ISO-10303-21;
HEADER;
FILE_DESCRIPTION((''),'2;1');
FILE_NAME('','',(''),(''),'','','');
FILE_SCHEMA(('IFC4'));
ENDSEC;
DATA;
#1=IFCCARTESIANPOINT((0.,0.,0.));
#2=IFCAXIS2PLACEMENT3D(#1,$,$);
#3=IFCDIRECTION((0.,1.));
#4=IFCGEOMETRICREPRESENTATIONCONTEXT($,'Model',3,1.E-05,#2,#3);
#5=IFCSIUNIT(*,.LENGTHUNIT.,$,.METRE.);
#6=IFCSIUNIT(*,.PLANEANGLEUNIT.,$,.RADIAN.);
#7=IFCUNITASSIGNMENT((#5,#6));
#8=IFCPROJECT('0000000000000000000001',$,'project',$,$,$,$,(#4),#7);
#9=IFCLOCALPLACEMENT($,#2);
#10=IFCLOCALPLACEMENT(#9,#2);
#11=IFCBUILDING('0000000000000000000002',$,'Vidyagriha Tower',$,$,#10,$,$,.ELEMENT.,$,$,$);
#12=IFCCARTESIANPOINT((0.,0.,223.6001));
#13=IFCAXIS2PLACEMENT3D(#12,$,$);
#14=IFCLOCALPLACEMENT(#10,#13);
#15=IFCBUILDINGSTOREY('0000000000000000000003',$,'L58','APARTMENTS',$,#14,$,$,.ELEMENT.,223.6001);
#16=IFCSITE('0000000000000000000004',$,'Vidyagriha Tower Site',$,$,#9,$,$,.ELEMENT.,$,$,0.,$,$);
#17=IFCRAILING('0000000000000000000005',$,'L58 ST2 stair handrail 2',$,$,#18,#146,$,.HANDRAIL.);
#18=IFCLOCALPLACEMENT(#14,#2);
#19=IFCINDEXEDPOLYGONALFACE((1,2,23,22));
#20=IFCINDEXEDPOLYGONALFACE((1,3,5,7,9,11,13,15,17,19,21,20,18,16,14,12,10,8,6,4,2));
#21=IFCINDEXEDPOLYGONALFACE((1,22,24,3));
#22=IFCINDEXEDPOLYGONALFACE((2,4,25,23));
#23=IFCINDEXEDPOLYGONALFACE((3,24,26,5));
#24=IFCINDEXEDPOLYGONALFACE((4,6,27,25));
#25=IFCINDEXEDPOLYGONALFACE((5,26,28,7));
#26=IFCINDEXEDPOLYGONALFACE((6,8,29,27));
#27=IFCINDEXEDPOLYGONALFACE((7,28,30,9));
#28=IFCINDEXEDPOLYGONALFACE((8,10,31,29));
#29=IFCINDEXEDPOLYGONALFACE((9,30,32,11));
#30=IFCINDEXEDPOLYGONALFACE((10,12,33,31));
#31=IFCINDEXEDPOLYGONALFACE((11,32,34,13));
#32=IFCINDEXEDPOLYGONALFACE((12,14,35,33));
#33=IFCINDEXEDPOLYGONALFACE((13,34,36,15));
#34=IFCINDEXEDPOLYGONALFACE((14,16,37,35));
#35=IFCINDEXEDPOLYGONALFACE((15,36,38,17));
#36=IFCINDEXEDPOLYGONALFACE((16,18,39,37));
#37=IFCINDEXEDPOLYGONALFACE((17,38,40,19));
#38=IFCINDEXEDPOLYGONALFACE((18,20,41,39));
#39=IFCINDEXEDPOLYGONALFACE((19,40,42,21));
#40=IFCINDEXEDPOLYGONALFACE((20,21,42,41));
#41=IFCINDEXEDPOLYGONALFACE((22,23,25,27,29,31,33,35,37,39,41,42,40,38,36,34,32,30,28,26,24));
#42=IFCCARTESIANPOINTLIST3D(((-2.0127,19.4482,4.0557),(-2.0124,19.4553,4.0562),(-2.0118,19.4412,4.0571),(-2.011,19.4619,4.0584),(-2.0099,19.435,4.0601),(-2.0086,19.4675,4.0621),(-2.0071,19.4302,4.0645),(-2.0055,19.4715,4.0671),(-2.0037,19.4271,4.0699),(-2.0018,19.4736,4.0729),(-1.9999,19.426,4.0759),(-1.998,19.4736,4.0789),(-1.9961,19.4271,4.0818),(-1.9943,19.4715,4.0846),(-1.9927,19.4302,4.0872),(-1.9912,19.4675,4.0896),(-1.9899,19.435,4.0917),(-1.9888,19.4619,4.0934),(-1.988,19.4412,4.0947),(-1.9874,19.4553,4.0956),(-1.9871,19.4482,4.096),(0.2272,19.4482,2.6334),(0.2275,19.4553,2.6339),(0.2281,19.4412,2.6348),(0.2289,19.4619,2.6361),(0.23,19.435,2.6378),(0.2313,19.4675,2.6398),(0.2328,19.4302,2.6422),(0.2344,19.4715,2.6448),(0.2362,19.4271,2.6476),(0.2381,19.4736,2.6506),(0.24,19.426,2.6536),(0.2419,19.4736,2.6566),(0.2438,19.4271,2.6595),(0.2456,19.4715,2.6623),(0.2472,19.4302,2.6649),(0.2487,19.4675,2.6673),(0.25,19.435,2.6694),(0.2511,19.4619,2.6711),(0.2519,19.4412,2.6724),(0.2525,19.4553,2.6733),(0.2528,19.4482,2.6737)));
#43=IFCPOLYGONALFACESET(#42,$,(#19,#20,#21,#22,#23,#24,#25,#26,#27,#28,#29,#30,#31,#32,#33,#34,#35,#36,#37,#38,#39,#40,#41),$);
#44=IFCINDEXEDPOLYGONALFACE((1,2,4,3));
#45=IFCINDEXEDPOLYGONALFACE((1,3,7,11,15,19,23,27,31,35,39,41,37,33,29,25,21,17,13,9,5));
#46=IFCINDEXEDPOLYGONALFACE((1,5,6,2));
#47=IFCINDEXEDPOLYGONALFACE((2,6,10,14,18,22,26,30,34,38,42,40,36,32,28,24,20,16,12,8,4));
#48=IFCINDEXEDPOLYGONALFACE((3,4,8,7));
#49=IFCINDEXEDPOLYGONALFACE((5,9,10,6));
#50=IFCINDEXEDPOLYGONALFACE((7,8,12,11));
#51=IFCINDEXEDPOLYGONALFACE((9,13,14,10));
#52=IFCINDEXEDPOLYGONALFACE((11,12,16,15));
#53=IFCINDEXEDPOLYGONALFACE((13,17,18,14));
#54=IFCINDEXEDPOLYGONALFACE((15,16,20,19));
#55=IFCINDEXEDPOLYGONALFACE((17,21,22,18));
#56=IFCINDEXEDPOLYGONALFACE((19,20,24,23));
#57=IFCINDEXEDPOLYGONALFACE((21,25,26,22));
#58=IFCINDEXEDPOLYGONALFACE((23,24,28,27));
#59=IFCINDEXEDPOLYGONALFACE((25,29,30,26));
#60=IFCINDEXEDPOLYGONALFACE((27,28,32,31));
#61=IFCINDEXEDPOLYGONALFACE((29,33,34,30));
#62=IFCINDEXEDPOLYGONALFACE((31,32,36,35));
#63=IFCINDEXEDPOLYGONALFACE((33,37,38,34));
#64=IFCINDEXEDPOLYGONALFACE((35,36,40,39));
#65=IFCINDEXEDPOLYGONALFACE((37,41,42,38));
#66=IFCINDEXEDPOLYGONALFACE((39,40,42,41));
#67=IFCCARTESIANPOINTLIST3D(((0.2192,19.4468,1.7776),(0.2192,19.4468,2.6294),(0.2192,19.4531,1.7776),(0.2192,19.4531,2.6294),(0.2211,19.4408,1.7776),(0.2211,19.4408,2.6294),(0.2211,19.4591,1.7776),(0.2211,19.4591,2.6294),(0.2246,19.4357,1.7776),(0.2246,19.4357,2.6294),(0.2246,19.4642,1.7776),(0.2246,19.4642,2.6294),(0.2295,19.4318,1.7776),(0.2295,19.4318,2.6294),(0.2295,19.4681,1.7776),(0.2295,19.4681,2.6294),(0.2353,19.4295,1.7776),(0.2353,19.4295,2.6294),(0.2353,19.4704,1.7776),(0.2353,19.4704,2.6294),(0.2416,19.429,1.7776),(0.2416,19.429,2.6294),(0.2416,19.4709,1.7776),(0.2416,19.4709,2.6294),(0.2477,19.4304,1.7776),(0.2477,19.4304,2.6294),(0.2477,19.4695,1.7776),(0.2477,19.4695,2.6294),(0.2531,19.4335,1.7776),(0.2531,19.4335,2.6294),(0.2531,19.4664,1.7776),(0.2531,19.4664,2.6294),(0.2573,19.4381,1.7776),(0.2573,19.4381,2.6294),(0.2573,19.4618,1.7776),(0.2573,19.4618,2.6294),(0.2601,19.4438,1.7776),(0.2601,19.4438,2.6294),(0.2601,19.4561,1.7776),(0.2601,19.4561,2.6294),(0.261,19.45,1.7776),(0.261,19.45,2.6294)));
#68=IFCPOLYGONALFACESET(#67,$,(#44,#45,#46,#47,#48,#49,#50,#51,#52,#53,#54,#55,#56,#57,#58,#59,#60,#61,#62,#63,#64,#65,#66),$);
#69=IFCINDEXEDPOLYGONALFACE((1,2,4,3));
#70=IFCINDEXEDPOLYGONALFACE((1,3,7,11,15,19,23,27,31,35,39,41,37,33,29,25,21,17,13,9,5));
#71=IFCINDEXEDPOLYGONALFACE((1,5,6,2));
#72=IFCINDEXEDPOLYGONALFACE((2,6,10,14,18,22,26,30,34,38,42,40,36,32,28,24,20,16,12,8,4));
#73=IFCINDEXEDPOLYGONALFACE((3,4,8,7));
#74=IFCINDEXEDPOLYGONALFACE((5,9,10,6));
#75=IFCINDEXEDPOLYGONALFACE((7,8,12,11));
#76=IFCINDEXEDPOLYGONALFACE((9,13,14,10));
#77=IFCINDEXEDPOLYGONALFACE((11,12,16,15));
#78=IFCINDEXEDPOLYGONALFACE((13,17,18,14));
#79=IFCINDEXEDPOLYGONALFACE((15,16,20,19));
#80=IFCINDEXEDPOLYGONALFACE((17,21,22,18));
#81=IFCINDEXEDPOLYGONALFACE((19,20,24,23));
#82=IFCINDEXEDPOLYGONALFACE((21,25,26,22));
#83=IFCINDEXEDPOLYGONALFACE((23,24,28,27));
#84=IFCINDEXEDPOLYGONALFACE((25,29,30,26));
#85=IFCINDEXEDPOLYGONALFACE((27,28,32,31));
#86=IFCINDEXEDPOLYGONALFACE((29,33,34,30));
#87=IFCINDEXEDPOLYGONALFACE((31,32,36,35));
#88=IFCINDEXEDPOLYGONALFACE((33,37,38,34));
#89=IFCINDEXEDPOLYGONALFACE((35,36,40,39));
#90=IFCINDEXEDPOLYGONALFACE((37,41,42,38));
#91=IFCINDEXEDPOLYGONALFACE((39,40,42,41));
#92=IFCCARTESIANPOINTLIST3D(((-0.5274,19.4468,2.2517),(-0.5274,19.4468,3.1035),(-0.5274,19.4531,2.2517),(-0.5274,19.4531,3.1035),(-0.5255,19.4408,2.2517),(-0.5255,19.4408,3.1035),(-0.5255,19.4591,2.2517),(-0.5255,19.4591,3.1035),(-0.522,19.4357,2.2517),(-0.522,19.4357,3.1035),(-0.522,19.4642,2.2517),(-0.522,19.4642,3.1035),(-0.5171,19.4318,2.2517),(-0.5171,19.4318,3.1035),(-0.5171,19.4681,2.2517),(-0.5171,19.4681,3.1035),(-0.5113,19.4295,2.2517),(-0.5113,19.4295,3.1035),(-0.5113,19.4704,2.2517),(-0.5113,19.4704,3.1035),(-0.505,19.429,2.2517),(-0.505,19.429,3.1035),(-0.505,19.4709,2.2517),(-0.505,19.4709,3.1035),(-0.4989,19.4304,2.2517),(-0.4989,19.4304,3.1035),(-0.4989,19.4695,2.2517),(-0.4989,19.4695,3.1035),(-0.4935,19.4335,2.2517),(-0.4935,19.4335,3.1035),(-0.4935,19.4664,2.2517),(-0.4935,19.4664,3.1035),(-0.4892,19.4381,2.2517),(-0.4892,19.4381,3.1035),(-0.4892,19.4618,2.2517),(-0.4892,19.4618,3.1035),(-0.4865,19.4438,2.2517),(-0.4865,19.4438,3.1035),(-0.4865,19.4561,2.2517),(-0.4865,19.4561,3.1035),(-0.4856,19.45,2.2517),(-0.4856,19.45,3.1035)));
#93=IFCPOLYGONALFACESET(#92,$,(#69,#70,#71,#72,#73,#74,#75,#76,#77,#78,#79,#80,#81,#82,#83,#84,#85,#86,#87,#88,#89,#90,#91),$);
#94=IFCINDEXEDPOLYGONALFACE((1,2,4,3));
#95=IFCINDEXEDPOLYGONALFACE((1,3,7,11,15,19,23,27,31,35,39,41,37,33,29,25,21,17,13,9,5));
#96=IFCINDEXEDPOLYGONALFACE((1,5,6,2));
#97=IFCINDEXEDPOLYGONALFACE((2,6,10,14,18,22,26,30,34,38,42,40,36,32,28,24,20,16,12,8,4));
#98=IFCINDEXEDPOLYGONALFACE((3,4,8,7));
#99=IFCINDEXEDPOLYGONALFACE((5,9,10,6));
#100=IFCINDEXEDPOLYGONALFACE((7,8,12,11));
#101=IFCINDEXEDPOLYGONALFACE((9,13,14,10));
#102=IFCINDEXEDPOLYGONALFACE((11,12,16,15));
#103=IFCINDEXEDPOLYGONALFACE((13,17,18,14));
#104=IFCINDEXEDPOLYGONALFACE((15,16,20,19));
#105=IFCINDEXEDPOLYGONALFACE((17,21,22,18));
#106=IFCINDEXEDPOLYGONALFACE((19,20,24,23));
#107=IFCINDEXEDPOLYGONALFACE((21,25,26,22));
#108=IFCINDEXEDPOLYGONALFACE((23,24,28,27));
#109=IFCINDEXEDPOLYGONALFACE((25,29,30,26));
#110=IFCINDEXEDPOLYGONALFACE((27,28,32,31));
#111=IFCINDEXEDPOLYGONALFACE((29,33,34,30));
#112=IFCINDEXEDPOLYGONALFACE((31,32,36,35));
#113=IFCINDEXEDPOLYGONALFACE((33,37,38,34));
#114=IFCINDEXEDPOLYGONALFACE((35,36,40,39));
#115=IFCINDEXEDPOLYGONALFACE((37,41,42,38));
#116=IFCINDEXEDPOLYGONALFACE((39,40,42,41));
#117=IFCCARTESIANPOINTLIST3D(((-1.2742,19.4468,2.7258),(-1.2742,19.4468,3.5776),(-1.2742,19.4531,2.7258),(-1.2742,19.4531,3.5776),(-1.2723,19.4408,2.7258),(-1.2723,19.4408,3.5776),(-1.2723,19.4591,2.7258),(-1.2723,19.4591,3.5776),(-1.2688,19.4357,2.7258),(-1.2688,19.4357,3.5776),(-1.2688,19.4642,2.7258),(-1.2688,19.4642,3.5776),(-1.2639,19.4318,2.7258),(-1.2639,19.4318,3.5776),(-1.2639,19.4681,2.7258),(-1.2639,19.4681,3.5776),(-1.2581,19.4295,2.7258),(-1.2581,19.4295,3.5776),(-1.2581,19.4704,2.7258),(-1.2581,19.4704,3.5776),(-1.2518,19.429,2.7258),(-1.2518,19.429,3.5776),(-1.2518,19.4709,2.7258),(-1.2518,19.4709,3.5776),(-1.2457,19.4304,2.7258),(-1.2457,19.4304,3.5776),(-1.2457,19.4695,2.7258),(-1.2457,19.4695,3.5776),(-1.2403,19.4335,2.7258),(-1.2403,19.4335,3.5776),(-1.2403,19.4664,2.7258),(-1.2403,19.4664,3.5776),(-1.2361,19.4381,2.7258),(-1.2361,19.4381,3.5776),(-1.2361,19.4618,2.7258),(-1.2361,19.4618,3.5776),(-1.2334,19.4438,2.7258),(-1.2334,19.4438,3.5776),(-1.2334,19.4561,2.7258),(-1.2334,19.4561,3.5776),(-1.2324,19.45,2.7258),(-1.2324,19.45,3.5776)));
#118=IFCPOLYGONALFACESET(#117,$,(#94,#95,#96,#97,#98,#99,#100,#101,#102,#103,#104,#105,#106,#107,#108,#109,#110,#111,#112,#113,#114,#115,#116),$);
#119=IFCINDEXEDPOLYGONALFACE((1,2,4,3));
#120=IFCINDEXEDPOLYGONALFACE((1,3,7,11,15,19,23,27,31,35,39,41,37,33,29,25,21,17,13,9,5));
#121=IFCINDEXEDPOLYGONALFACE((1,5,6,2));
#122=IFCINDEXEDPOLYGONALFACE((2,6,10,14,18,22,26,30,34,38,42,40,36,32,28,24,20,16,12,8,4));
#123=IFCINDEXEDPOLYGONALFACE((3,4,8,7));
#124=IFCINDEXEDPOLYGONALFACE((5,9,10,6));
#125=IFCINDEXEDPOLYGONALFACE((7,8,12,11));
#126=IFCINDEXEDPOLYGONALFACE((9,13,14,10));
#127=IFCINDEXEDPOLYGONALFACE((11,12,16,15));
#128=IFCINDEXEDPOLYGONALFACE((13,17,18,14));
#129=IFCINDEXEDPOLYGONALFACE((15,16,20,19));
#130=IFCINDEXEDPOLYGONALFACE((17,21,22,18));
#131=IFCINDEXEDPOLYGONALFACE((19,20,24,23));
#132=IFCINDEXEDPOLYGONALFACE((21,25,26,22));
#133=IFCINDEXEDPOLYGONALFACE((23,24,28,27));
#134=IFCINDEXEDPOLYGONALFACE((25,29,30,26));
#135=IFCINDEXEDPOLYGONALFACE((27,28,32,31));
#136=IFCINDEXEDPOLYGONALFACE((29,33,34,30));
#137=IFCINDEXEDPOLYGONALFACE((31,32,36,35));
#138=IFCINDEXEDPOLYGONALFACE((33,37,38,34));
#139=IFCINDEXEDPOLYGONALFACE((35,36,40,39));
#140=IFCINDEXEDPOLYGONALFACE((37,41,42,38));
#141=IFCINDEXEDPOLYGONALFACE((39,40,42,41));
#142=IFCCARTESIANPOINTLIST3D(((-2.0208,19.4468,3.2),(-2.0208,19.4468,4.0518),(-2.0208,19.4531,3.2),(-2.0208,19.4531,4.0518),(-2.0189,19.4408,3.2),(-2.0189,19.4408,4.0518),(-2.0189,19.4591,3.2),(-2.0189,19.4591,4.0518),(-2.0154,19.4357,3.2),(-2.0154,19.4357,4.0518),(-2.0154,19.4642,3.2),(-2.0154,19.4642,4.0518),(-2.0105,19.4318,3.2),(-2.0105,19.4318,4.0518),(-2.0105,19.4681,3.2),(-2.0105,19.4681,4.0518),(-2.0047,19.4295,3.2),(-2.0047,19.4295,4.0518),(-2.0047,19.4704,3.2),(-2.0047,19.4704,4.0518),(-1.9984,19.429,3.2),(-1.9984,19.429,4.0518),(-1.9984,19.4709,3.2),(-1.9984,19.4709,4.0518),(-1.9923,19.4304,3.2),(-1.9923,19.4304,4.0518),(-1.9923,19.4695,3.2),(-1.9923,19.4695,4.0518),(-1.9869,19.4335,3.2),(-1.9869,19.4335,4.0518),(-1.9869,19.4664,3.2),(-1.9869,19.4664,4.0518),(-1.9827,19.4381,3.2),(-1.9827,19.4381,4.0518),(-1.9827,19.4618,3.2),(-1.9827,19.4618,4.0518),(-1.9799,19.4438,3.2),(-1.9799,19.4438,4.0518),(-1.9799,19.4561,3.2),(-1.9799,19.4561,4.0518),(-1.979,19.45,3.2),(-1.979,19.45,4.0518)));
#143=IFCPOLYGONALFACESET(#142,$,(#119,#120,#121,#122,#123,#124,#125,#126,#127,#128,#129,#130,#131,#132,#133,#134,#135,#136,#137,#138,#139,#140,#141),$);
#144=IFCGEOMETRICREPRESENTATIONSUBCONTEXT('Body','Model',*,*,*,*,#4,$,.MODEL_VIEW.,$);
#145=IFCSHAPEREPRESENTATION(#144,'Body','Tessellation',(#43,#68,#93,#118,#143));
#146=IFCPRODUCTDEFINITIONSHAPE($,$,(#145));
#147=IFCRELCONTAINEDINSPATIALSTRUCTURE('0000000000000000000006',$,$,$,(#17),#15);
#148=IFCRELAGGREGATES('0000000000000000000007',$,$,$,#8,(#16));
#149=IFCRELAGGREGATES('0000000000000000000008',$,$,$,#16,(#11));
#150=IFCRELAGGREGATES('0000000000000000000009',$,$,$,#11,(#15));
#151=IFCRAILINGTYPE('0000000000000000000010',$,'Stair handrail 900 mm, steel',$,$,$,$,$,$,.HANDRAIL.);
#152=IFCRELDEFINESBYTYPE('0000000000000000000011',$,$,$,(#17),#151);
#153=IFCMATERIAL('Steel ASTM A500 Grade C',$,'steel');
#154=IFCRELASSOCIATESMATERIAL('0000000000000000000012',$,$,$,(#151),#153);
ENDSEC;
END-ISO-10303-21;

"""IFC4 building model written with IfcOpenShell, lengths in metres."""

from ifc_helpers import new_model, si_unit, direction, frame, origin, origin_2d, place, context, subcontext, project, spatial, circle, extrude, material, type_object, element, save


model = new_model("IFC4")

# Units and contexts
model_context = context("Model", 3, precision=1e-05, world=origin(), true_north=direction((0.0, 1.0)))
body_context = subcontext(model_context, "Body", "Model", "MODEL_VIEW")
ifc_project = project(units=[si_unit("LENGTHUNIT", "METRE"), si_unit("PLANEANGLEUNIT", "RADIAN")], contexts=[model_context])

# Site, building, storey
site_placement = place(None, origin())
site = spatial("IfcSite", under=ifc_project, at=site_placement, Name="Vidyagriha Tower Site", CompositionType="ELEMENT", RefElevation=0.0)
building_placement = place(site_placement, origin())
building = spatial("IfcBuilding", under=site, at=building_placement, Name="Vidyagriha Tower", CompositionType="ELEMENT")
storey_placement = place(building_placement, frame((0.0, 0.0, 223.6001)))
storey = spatial("IfcBuildingStorey", under=building, at=storey_placement, Name="L58", Description="APARTMENTS", CompositionType="ELEMENT", Elevation=223.6001)

# Railing
ifc_material_1 = material(Name="Steel ASTM A500 Grade C", Category="steel")
railing_type_1 = type_object("IfcRailingType", Name="Stair handrail 900 mm, steel", PredefinedType="HANDRAIL", material=ifc_material_1)
railing_1_placement = place(storey_placement, frame((0.24, 19.45, 1.7776)))
element("IfcRailing", 1, at=railing_1_placement, inside=storey, type_object=railing_type_1, Name="L58 ST2 stair handrail 2", PredefinedType="HANDRAIL", context=body_context, shape_type="SweptSolid", body=[
    extrude(circle(Radius=0.0239, at=origin_2d()), frame((0.0, 0.0, 0.876), z_axis=(-0.844188, 0.0, 0.536048), x_axis=(0.0, -1.0, 0.0)), (0.0, 0.0, 1.0), 2.6533),
    extrude(circle(Radius=0.021, at=origin_2d()), origin(), (0.0, 0.0, 1.0), 0.8518),
    extrude(circle(Radius=0.021, at=origin_2d()), frame((-0.7466, 0.0, 0.4741)), (0.0, 0.0, 1.0), 0.8518),
    extrude(circle(Radius=0.021, at=origin_2d()), frame((-1.4934, 0.0, 0.9482)), (0.0, 0.0, 1.0), 0.8518),
    extrude(circle(Radius=0.021, at=origin_2d()), frame((-2.24, 0.0, 1.4224)), (0.0, 0.0, 1.0), 0.8518),
])

save(model, "model.ifc")
